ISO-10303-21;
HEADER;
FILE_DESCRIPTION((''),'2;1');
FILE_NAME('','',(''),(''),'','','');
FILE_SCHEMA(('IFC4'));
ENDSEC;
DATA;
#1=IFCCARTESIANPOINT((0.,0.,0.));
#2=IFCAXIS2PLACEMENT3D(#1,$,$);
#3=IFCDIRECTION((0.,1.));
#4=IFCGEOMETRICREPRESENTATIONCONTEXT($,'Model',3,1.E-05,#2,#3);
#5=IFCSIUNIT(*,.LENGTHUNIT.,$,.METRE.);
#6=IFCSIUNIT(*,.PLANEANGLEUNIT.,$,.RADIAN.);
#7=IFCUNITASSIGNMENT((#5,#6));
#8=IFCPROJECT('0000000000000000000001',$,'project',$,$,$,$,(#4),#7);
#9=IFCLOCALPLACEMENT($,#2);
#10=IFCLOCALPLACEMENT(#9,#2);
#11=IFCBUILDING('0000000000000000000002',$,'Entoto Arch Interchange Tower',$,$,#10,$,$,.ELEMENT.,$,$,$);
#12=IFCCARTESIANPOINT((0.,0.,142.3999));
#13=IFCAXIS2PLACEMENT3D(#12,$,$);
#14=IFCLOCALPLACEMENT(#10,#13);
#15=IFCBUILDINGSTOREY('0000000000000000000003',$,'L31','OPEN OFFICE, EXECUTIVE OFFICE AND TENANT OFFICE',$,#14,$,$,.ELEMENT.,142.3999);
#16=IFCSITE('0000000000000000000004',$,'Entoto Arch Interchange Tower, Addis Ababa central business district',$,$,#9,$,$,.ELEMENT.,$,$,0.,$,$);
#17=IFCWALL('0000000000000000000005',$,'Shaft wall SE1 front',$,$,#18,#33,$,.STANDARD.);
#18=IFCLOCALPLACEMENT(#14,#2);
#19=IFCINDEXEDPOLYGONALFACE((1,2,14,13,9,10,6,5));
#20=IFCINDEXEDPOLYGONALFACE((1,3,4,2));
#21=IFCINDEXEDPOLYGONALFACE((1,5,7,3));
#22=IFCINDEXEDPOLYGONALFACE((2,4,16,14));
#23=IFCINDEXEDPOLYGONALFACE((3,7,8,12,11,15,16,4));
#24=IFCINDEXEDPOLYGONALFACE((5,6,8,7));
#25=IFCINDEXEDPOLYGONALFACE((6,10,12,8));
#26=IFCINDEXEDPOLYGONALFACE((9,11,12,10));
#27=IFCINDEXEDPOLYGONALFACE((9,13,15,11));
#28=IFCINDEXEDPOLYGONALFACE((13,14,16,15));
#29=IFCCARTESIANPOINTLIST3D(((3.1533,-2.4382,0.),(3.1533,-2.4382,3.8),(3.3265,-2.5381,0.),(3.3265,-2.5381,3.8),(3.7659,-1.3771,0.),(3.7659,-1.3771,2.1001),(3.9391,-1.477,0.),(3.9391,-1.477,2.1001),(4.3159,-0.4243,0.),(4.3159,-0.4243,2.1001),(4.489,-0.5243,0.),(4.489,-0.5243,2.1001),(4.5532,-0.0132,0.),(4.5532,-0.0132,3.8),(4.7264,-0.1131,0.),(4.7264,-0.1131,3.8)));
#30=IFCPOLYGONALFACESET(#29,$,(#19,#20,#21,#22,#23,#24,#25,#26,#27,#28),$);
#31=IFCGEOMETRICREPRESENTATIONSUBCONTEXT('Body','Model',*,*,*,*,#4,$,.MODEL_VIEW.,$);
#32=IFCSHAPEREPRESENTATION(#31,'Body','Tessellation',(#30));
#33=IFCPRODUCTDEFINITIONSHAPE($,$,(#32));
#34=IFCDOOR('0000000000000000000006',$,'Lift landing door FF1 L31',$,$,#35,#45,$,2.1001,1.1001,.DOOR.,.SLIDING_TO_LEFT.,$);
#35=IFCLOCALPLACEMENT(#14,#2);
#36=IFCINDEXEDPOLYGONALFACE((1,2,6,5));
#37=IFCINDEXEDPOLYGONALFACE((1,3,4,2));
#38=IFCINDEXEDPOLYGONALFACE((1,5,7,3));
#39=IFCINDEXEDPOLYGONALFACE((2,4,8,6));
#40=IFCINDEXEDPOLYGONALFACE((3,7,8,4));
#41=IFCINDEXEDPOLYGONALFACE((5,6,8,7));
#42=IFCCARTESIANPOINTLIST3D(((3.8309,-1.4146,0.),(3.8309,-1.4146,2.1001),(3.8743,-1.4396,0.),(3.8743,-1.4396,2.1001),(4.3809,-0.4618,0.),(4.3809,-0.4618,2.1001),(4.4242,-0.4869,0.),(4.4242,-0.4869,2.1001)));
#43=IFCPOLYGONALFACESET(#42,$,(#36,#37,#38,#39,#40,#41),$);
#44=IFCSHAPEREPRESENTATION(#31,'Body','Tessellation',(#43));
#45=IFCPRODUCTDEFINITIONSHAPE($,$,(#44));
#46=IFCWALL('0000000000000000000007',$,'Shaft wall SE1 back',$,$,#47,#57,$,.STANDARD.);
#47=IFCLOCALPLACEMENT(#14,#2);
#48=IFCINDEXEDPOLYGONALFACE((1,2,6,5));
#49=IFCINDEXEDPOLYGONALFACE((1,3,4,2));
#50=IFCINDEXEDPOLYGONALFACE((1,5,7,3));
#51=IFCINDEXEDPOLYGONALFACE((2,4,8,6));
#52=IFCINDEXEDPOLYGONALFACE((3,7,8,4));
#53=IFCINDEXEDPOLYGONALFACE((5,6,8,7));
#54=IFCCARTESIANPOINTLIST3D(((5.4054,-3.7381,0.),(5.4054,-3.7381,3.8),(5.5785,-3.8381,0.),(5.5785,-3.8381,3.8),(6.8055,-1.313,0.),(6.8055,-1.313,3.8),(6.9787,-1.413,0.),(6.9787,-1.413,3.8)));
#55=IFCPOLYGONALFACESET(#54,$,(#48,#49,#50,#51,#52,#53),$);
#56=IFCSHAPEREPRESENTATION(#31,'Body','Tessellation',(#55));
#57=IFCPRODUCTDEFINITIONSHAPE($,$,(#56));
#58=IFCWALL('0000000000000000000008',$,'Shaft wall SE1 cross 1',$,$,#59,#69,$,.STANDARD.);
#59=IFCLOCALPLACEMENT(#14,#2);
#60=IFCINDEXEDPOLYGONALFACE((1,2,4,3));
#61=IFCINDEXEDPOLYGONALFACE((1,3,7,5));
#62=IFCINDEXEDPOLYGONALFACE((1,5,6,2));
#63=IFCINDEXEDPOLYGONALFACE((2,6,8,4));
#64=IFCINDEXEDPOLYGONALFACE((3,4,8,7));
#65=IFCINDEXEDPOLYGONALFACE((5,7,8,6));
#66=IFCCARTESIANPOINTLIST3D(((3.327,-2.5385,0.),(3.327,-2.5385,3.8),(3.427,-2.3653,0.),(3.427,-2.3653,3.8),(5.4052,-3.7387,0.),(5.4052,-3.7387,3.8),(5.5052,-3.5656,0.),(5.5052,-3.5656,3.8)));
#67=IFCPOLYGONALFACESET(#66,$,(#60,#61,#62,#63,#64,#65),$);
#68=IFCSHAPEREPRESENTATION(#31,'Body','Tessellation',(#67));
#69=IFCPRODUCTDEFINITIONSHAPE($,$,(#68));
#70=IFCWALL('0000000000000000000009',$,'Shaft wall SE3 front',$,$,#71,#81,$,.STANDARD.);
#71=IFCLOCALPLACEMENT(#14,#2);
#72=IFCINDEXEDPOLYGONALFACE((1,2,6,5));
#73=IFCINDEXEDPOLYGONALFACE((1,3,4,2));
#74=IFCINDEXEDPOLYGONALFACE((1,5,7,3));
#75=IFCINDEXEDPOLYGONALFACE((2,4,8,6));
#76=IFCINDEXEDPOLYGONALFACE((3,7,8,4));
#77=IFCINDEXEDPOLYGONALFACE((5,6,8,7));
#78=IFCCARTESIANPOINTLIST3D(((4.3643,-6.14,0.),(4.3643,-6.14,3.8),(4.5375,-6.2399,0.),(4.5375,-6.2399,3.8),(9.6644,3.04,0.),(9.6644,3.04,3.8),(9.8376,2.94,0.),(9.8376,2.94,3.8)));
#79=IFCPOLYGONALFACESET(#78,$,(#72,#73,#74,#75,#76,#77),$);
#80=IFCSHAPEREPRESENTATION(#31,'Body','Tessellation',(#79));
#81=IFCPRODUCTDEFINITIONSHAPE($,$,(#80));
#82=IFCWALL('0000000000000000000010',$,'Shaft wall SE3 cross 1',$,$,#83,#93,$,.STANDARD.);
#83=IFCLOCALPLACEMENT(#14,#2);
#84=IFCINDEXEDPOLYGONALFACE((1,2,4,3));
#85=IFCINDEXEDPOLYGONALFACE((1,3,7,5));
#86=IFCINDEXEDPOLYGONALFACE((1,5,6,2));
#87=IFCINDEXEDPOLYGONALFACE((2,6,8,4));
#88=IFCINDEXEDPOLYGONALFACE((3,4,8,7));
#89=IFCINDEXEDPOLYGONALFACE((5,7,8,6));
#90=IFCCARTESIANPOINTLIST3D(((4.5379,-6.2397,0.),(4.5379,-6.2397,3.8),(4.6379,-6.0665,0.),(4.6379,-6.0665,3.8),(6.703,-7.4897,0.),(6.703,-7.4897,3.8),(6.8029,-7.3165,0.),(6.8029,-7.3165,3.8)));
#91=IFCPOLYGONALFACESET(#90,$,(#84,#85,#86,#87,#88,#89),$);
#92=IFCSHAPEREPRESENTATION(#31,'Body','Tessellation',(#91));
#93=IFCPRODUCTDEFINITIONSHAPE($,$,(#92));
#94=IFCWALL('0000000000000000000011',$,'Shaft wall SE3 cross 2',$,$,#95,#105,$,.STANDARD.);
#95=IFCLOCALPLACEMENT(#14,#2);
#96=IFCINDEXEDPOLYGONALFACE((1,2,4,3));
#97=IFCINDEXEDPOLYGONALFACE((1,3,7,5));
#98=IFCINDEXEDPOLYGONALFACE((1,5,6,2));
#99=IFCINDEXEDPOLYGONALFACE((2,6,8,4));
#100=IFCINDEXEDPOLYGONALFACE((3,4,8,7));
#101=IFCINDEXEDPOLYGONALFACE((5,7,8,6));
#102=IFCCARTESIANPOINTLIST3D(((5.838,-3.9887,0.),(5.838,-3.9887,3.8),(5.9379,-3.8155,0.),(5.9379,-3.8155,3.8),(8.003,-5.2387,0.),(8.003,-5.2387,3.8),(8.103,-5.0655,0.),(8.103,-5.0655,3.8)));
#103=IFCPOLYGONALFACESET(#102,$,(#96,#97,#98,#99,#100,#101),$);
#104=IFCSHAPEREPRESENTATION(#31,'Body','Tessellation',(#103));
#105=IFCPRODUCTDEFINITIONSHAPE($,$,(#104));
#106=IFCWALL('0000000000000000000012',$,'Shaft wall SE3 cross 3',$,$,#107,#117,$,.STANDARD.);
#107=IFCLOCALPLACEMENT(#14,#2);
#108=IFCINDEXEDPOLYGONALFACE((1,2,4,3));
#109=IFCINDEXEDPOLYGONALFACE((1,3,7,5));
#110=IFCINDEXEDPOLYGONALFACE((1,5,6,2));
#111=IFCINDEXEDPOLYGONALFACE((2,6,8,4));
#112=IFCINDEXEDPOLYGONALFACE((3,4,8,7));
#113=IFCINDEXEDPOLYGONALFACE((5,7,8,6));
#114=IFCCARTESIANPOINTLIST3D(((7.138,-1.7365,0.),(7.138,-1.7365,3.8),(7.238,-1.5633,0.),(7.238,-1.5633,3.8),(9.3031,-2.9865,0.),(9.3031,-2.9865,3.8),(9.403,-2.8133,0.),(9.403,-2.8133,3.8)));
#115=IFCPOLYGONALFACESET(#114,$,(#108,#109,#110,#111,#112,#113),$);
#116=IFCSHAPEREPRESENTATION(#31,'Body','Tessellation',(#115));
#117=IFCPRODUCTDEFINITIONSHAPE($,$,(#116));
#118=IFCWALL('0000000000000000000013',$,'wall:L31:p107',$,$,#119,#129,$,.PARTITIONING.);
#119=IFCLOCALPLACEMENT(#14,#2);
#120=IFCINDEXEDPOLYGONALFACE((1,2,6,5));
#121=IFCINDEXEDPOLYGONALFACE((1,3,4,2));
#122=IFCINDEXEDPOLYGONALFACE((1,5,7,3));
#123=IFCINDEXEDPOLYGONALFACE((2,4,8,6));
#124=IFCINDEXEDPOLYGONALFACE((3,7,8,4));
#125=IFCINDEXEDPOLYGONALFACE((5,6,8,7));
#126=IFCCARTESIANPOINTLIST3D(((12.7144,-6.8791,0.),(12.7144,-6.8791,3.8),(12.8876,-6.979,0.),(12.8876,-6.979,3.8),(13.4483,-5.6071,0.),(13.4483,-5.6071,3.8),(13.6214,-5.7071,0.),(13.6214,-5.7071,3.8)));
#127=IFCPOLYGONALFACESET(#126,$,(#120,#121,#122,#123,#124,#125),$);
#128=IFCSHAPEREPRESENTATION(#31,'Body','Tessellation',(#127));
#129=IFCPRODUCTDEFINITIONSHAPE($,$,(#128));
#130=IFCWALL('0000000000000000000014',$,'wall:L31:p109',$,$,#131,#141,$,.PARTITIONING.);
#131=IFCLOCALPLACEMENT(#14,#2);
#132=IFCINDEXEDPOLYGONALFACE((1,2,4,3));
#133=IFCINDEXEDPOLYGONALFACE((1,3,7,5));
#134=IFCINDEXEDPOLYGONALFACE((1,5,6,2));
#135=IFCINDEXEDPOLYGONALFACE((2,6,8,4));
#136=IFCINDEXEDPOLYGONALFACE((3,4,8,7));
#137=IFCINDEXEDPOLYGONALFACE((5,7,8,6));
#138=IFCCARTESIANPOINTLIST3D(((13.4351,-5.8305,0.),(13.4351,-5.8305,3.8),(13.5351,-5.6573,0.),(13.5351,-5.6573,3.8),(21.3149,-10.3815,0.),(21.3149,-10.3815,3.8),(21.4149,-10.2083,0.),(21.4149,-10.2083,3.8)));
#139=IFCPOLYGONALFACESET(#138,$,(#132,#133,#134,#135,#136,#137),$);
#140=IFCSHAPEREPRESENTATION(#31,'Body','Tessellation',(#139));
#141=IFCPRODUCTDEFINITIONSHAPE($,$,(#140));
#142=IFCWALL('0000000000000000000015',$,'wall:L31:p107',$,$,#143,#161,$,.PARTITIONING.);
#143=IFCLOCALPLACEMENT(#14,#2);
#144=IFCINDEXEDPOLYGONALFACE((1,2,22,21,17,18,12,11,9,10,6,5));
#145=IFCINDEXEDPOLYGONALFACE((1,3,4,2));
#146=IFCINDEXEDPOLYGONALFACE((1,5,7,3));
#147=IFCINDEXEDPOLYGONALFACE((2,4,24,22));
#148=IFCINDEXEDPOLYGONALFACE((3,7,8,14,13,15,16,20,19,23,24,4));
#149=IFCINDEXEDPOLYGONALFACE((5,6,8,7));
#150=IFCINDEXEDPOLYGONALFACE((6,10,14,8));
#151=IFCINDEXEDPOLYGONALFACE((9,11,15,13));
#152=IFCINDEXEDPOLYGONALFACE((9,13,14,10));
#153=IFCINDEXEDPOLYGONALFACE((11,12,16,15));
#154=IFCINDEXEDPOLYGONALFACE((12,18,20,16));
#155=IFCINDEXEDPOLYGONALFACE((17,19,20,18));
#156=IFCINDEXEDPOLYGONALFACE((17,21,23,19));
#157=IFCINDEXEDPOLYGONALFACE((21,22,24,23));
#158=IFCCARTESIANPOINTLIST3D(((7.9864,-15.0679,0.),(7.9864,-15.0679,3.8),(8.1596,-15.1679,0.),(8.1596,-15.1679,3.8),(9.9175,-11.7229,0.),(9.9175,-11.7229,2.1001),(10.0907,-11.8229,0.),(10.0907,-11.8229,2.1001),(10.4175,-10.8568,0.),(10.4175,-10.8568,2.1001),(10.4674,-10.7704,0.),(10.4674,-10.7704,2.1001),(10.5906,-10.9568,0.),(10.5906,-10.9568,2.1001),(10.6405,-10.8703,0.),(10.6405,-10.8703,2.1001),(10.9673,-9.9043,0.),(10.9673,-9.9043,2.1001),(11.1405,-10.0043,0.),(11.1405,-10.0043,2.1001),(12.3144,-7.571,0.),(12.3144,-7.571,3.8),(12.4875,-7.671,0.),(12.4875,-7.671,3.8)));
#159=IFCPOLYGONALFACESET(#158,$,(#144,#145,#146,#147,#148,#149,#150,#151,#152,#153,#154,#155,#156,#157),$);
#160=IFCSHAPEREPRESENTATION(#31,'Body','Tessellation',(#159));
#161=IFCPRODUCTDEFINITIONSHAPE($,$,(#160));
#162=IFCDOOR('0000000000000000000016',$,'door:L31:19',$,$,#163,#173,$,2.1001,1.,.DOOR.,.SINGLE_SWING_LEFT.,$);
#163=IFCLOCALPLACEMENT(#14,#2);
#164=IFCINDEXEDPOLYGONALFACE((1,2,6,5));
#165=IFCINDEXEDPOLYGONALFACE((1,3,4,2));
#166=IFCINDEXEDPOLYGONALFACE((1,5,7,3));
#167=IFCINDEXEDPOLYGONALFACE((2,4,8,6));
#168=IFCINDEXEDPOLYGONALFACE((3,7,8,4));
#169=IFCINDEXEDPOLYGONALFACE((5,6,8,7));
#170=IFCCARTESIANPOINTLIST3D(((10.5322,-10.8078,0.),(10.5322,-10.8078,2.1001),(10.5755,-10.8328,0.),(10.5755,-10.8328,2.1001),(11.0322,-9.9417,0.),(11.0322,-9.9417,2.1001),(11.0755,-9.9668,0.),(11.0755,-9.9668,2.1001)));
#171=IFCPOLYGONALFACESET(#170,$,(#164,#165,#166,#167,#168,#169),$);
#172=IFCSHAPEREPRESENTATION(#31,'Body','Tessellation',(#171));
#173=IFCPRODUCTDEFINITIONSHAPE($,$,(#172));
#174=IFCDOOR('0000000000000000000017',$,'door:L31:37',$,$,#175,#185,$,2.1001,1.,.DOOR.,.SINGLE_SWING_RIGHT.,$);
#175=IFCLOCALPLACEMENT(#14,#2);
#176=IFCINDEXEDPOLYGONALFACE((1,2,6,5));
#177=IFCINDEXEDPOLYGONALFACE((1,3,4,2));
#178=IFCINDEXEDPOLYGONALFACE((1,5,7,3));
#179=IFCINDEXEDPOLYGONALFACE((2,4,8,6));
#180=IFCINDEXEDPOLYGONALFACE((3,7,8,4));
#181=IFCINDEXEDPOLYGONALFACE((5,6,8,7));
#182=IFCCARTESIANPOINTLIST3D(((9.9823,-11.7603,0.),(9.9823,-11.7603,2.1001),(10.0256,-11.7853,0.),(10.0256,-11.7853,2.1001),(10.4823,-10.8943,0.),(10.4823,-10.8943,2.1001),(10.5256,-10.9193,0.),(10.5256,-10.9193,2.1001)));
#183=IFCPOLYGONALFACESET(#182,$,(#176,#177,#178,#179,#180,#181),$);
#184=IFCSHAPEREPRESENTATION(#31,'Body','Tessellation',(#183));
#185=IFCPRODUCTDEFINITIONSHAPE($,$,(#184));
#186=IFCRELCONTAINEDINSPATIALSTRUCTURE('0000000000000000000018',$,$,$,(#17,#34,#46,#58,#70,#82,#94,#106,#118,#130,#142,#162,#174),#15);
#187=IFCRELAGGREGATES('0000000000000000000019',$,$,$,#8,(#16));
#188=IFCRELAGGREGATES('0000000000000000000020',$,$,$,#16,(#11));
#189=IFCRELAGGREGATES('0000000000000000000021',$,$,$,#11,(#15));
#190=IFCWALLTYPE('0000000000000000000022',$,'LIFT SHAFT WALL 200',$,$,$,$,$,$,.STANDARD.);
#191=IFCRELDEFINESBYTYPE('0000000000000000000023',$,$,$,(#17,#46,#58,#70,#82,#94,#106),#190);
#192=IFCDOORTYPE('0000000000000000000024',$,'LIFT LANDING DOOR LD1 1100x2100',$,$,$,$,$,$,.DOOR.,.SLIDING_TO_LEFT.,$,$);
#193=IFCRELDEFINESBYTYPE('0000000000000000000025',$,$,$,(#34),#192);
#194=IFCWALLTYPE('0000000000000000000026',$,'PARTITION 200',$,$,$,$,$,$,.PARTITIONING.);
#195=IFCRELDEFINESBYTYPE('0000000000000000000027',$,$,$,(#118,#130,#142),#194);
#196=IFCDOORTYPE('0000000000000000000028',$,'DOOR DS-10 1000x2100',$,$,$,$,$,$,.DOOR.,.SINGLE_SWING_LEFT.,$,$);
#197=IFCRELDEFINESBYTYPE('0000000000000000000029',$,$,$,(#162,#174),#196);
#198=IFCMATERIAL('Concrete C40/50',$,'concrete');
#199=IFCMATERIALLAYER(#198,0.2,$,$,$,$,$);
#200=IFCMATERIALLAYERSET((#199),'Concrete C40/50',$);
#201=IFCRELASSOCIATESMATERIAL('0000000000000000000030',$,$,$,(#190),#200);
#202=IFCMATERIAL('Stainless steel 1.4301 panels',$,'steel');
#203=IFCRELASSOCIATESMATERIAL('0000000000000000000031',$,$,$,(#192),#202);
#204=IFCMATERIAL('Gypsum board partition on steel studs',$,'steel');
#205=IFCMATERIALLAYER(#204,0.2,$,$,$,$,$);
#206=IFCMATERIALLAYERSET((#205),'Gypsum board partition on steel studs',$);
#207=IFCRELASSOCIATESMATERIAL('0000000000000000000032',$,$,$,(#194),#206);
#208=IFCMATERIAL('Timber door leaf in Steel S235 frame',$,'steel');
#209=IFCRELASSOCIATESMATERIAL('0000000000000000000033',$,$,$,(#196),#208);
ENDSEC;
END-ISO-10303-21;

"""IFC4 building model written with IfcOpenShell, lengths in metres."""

from ifc_helpers import new_model, si_unit, direction, frame, frame_2d, origin, place, context, subcontext, project, spatial, rectangle, extrude, material, layer, layer_set, type_object, element, fill, save


model = new_model("IFC4")

# Units and contexts
model_context = context("Model", 3, precision=1e-05, world=origin(), true_north=direction((0.0, 1.0)))
body_context = subcontext(model_context, "Body", "Model", "MODEL_VIEW")
ifc_project = project(units=[si_unit("LENGTHUNIT", "METRE"), si_unit("PLANEANGLEUNIT", "RADIAN")], contexts=[model_context])

# Site, building, storey
site_placement = place(None, origin())
site = spatial("IfcSite", under=ifc_project, at=site_placement, Name="Entoto Arch Interchange Tower, Addis Ababa central business district", CompositionType="ELEMENT", RefElevation=0.0)
building_placement = place(site_placement, origin())
building = spatial("IfcBuilding", under=site, at=building_placement, Name="Entoto Arch Interchange Tower", CompositionType="ELEMENT")
storey_placement = place(building_placement, frame((0.0, 0.0, 142.3999)))
storey = spatial("IfcBuildingStorey", under=building, at=storey_placement, Name="L31", Description="OPEN OFFICE, EXECUTIVE OFFICE AND TENANT OFFICE", CompositionType="ELEMENT", Elevation=142.3999)

# Wall, opening, door
ifc_material_1 = material(Name="Concrete C40/50", Category="concrete")
ifc_material_2 = material(Name="Stainless steel 1.4301 panels", Category="steel")
ifc_layer_1 = layer(ifc_material_1, 0.2)
ifc_layer_set_1 = layer_set([ifc_layer_1], Name="Concrete C40/50")
wall_type_1 = type_object("IfcWallType", Name="LIFT SHAFT WALL 200", PredefinedType="STANDARD", material=ifc_layer_set_1)
wall_1_placement = place(storey_placement, frame((3.24, -2.488, 0.0), z_axis=(0.0, 0.0, 1.0), x_axis=(0.499946, 0.866056, 0.0)))
wall_1 = element("IfcWall", 1, at=wall_1_placement, inside=storey, type_object=wall_type_1, Name="Shaft wall SE1 front", PredefinedType="STANDARD", context=body_context, shape_type="SweptSolid", body=[
    extrude(rectangle(XDim=2.8, YDim=0.2, at=frame_2d((1.3999, 0.0))), origin(), (0.0, 0.0, 1.0), 3.8),
])
opening_1_placement = place(wall_1_placement, frame((1.2251, 0.0, 0.0)))
opening_1 = element("IfcOpeningElement", 2, at=opening_1_placement, cuts=wall_1, PredefinedType="OPENING", context=body_context, shape_type="SweptSolid", body=[
    extrude(rectangle(XDim=1.1001, YDim=2.1001, at=frame_2d((0.55, 1.05))), frame((0.0, 0.1099, 0.0), z_axis=(0.0, -1.0, 0.0), x_axis=(1.0, 0.0, 0.0)), (0.0, 0.0, 1.0), 0.22),
])
door_type_1 = type_object("IfcDoorType", Name="LIFT LANDING DOOR LD1 1100x2100", OperationType="SLIDING_TO_LEFT", PredefinedType="DOOR", material=ifc_material_2)
door_1_placement = place(opening_1_placement, origin())
door_1 = element("IfcDoor", 3, at=door_1_placement, inside=storey, type_object=door_type_1, Name="Lift landing door FF1 L31", OperationType="SLIDING_TO_LEFT", OverallHeight=2.1001, OverallWidth=1.1001, PredefinedType="DOOR", context=body_context, shape_type="SweptSolid", body=[
    extrude(rectangle(XDim=1.1001, YDim=2.1001, at=frame_2d((0.55, 1.05))), frame((0.0, 0.0249, 0.0), z_axis=(0.0, -1.0, 0.0), x_axis=(1.0, 0.0, 0.0)), (0.0, 0.0, 1.0), 0.05),
])
fill(opening_1, door_1)

# Walls
wall_2_placement = place(storey_placement, frame((5.4919, -3.7881, 0.0), z_axis=(0.0, 0.0, 1.0), x_axis=(0.500012, 0.866019, 0.0)))
element("IfcWall", 4, at=wall_2_placement, inside=storey, type_object=wall_type_1, Name="Shaft wall SE1 back", PredefinedType="STANDARD", context=body_context, shape_type="SweptSolid", body=[
    extrude(rectangle(XDim=2.8003, YDim=0.2, at=frame_2d((1.4001, 0.0))), origin(), (0.0, 0.0, 1.0), 3.8),
])
wall_3_placement = place(storey_placement, frame((3.377, -2.4519, 0.0), z_axis=(0.0, 0.0, 1.0), x_axis=(0.865955, -0.500122, 0.0)))
element("IfcWall", 5, at=wall_3_placement, inside=storey, type_object=wall_type_1, Name="Shaft wall SE1 cross 1", PredefinedType="STANDARD", context=body_context, shape_type="SweptSolid", body=[
    extrude(rectangle(XDim=2.3999, YDim=0.2, at=frame_2d((1.2, 0.0))), origin(), (0.0, 0.0, 1.0), 3.8),
])
wall_4_placement = place(storey_placement, frame((4.4509, -6.1899, 0.0), z_axis=(0.0, 0.0, 1.0), x_axis=(0.500001, 0.866025, 0.0)))
element("IfcWall", 6, at=wall_4_placement, inside=storey, type_object=wall_type_1, Name="Shaft wall SE3 front", PredefinedType="STANDARD", context=body_context, shape_type="SweptSolid", body=[
    extrude(rectangle(XDim=10.6001, YDim=0.2, at=frame_2d((5.3, 0.0))), origin(), (0.0, 0.0, 1.0), 3.8),
])
for number, where, z_axis, x_axis, name in (
    (7, (4.5879, -6.1531, 0.0), (0.0, 0.0, 1.0), (0.866023, -0.500004, 0.0), "Shaft wall SE3 cross 1"),
    (8, (5.8879, -3.9021, 0.0), (0.0, 0.0, 1.0), (0.866023, -0.500004, 0.0), "Shaft wall SE3 cross 2"),
    (9, (7.188, -1.6499, 0.0), (0.0, 0.0, 1.0), (0.866023, -0.500004, 0.0), "Shaft wall SE3 cross 3"),
):
    element("IfcWall", number, at=place(storey_placement, frame(where, z_axis=z_axis, x_axis=x_axis)), inside=storey, type_object=wall_type_1, Name=name, PredefinedType="STANDARD", context=body_context, shape_type="SweptSolid", body=[
        extrude(rectangle(XDim=2.5, YDim=0.2, at=frame_2d((1.25, 0.0))), origin(), (0.0, 0.0, 1.0), 3.8),
    ])
ifc_material_3 = material(Name="Gypsum board partition on steel studs", Category="steel")
ifc_layer_2 = layer(ifc_material_3, 0.2)
ifc_layer_set_2 = layer_set([ifc_layer_2], Name="Gypsum board partition on steel studs")
wall_type_2 = type_object("IfcWallType", Name="PARTITION 200", PredefinedType="PARTITIONING", material=ifc_layer_set_2)
wall_5_placement = place(storey_placement, frame((13.5349, -5.657, 0.0), z_axis=(0.0, 0.0, 1.0), x_axis=(-0.499751, -0.866169, 0.0)))
element("IfcWall", 10, at=wall_5_placement, inside=storey, type_object=wall_type_2, Name="wall:L31:p107", PredefinedType="PARTITIONING", context=body_context, shape_type="SweptSolid", body=[
    extrude(rectangle(XDim=1.4685, YDim=0.2, at=frame_2d((0.7344, 0.0))), origin(), (0.0, 0.0, 1.0), 3.8),
])
wall_6_placement = place(storey_placement, frame((13.4851, -5.7439, 0.0), z_axis=(0.0, 0.0, 1.0), x_axis=(0.865951, -0.50013, 0.0)))
element("IfcWall", 11, at=wall_6_placement, inside=storey, type_object=wall_type_2, Name="wall:L31:p109", PredefinedType="PARTITIONING", context=body_context, shape_type="SweptSolid", body=[
    extrude(rectangle(XDim=9.0996, YDim=0.2, at=frame_2d((4.5498, 0.0))), origin(), (0.0, 0.0, 1.0), 3.8),
])

# Wall, openings, doors
wall_7_placement = place(storey_placement, frame((12.4009, -7.6211, 0.0), z_axis=(0.0, 0.0, 1.0), x_axis=(-0.499964, -0.866046, 0.0)))
wall_7 = element("IfcWall", 12, at=wall_7_placement, inside=storey, type_object=wall_type_2, Name="wall:L31:p107", PredefinedType="PARTITIONING", context=body_context, shape_type="SweptSolid", body=[
    extrude(rectangle(XDim=8.6565, YDim=0.2, at=frame_2d((4.3281, 0.0))), origin(), (0.0, 0.0, 1.0), 3.8),
])
opening_2_placement = place(wall_7_placement, frame((2.6941, 0.0, 0.0)))
opening_2 = element("IfcOpeningElement", 13, at=opening_2_placement, cuts=wall_7, PredefinedType="OPENING", context=body_context, shape_type="SweptSolid", body=[
    extrude(rectangle(XDim=1.0, YDim=2.1001, at=frame_2d((0.5, 1.05))), frame((0.0, 0.1099, 0.0), z_axis=(0.0, -1.0, 0.0), x_axis=(1.0, 0.0, 0.0)), (0.0, 0.0, 1.0), 0.22),
])
opening_3_placement = place(wall_7_placement, frame((3.7939, 0.0, 0.0)))
opening_3 = element("IfcOpeningElement", 14, at=opening_3_placement, cuts=wall_7, PredefinedType="OPENING", context=body_context, shape_type="SweptSolid", body=[
    extrude(rectangle(XDim=1.0, YDim=2.1001, at=frame_2d((0.5, 1.05))), frame((0.0, 0.1099, 0.0), z_axis=(0.0, -1.0, 0.0), x_axis=(1.0, 0.0, 0.0)), (0.0, 0.0, 1.0), 0.22),
])
ifc_material_4 = material(Name="Timber door leaf in Steel S235 frame", Category="steel")
door_type_2 = type_object("IfcDoorType", Name="DOOR DS-10 1000x2100", OperationType="SINGLE_SWING_LEFT", PredefinedType="DOOR", material=ifc_material_4)
door_2_placement = place(opening_2_placement, origin())
door_2 = element("IfcDoor", 15, at=door_2_placement, inside=storey, type_object=door_type_2, Name="door:L31:19", OperationType="SINGLE_SWING_LEFT", OverallHeight=2.1001, OverallWidth=1.0, PredefinedType="DOOR", context=body_context, shape_type="SweptSolid", body=[
    extrude(rectangle(XDim=1.0, YDim=2.1001, at=frame_2d((0.5, 1.05))), frame((0.0, 0.0249, 0.0), z_axis=(0.0, -1.0, 0.0), x_axis=(1.0, 0.0, 0.0)), (0.0, 0.0, 1.0), 0.05),
])
fill(opening_2, door_2)
door_3_placement = place(opening_3_placement, origin())
door_3 = element("IfcDoor", 16, at=door_3_placement, inside=storey, type_object=door_type_2, Name="door:L31:37", OperationType="SINGLE_SWING_RIGHT", OverallHeight=2.1001, OverallWidth=1.0, PredefinedType="DOOR", context=body_context, shape_type="SweptSolid", body=[
    extrude(rectangle(XDim=1.0, YDim=2.1001, at=frame_2d((0.5, 1.05))), frame((0.0, 0.0249, 0.0), z_axis=(0.0, -1.0, 0.0), x_axis=(1.0, 0.0, 0.0)), (0.0, 0.0, 1.0), 0.05),
])
fill(opening_3, door_3)

save(model, "model.ifc")
